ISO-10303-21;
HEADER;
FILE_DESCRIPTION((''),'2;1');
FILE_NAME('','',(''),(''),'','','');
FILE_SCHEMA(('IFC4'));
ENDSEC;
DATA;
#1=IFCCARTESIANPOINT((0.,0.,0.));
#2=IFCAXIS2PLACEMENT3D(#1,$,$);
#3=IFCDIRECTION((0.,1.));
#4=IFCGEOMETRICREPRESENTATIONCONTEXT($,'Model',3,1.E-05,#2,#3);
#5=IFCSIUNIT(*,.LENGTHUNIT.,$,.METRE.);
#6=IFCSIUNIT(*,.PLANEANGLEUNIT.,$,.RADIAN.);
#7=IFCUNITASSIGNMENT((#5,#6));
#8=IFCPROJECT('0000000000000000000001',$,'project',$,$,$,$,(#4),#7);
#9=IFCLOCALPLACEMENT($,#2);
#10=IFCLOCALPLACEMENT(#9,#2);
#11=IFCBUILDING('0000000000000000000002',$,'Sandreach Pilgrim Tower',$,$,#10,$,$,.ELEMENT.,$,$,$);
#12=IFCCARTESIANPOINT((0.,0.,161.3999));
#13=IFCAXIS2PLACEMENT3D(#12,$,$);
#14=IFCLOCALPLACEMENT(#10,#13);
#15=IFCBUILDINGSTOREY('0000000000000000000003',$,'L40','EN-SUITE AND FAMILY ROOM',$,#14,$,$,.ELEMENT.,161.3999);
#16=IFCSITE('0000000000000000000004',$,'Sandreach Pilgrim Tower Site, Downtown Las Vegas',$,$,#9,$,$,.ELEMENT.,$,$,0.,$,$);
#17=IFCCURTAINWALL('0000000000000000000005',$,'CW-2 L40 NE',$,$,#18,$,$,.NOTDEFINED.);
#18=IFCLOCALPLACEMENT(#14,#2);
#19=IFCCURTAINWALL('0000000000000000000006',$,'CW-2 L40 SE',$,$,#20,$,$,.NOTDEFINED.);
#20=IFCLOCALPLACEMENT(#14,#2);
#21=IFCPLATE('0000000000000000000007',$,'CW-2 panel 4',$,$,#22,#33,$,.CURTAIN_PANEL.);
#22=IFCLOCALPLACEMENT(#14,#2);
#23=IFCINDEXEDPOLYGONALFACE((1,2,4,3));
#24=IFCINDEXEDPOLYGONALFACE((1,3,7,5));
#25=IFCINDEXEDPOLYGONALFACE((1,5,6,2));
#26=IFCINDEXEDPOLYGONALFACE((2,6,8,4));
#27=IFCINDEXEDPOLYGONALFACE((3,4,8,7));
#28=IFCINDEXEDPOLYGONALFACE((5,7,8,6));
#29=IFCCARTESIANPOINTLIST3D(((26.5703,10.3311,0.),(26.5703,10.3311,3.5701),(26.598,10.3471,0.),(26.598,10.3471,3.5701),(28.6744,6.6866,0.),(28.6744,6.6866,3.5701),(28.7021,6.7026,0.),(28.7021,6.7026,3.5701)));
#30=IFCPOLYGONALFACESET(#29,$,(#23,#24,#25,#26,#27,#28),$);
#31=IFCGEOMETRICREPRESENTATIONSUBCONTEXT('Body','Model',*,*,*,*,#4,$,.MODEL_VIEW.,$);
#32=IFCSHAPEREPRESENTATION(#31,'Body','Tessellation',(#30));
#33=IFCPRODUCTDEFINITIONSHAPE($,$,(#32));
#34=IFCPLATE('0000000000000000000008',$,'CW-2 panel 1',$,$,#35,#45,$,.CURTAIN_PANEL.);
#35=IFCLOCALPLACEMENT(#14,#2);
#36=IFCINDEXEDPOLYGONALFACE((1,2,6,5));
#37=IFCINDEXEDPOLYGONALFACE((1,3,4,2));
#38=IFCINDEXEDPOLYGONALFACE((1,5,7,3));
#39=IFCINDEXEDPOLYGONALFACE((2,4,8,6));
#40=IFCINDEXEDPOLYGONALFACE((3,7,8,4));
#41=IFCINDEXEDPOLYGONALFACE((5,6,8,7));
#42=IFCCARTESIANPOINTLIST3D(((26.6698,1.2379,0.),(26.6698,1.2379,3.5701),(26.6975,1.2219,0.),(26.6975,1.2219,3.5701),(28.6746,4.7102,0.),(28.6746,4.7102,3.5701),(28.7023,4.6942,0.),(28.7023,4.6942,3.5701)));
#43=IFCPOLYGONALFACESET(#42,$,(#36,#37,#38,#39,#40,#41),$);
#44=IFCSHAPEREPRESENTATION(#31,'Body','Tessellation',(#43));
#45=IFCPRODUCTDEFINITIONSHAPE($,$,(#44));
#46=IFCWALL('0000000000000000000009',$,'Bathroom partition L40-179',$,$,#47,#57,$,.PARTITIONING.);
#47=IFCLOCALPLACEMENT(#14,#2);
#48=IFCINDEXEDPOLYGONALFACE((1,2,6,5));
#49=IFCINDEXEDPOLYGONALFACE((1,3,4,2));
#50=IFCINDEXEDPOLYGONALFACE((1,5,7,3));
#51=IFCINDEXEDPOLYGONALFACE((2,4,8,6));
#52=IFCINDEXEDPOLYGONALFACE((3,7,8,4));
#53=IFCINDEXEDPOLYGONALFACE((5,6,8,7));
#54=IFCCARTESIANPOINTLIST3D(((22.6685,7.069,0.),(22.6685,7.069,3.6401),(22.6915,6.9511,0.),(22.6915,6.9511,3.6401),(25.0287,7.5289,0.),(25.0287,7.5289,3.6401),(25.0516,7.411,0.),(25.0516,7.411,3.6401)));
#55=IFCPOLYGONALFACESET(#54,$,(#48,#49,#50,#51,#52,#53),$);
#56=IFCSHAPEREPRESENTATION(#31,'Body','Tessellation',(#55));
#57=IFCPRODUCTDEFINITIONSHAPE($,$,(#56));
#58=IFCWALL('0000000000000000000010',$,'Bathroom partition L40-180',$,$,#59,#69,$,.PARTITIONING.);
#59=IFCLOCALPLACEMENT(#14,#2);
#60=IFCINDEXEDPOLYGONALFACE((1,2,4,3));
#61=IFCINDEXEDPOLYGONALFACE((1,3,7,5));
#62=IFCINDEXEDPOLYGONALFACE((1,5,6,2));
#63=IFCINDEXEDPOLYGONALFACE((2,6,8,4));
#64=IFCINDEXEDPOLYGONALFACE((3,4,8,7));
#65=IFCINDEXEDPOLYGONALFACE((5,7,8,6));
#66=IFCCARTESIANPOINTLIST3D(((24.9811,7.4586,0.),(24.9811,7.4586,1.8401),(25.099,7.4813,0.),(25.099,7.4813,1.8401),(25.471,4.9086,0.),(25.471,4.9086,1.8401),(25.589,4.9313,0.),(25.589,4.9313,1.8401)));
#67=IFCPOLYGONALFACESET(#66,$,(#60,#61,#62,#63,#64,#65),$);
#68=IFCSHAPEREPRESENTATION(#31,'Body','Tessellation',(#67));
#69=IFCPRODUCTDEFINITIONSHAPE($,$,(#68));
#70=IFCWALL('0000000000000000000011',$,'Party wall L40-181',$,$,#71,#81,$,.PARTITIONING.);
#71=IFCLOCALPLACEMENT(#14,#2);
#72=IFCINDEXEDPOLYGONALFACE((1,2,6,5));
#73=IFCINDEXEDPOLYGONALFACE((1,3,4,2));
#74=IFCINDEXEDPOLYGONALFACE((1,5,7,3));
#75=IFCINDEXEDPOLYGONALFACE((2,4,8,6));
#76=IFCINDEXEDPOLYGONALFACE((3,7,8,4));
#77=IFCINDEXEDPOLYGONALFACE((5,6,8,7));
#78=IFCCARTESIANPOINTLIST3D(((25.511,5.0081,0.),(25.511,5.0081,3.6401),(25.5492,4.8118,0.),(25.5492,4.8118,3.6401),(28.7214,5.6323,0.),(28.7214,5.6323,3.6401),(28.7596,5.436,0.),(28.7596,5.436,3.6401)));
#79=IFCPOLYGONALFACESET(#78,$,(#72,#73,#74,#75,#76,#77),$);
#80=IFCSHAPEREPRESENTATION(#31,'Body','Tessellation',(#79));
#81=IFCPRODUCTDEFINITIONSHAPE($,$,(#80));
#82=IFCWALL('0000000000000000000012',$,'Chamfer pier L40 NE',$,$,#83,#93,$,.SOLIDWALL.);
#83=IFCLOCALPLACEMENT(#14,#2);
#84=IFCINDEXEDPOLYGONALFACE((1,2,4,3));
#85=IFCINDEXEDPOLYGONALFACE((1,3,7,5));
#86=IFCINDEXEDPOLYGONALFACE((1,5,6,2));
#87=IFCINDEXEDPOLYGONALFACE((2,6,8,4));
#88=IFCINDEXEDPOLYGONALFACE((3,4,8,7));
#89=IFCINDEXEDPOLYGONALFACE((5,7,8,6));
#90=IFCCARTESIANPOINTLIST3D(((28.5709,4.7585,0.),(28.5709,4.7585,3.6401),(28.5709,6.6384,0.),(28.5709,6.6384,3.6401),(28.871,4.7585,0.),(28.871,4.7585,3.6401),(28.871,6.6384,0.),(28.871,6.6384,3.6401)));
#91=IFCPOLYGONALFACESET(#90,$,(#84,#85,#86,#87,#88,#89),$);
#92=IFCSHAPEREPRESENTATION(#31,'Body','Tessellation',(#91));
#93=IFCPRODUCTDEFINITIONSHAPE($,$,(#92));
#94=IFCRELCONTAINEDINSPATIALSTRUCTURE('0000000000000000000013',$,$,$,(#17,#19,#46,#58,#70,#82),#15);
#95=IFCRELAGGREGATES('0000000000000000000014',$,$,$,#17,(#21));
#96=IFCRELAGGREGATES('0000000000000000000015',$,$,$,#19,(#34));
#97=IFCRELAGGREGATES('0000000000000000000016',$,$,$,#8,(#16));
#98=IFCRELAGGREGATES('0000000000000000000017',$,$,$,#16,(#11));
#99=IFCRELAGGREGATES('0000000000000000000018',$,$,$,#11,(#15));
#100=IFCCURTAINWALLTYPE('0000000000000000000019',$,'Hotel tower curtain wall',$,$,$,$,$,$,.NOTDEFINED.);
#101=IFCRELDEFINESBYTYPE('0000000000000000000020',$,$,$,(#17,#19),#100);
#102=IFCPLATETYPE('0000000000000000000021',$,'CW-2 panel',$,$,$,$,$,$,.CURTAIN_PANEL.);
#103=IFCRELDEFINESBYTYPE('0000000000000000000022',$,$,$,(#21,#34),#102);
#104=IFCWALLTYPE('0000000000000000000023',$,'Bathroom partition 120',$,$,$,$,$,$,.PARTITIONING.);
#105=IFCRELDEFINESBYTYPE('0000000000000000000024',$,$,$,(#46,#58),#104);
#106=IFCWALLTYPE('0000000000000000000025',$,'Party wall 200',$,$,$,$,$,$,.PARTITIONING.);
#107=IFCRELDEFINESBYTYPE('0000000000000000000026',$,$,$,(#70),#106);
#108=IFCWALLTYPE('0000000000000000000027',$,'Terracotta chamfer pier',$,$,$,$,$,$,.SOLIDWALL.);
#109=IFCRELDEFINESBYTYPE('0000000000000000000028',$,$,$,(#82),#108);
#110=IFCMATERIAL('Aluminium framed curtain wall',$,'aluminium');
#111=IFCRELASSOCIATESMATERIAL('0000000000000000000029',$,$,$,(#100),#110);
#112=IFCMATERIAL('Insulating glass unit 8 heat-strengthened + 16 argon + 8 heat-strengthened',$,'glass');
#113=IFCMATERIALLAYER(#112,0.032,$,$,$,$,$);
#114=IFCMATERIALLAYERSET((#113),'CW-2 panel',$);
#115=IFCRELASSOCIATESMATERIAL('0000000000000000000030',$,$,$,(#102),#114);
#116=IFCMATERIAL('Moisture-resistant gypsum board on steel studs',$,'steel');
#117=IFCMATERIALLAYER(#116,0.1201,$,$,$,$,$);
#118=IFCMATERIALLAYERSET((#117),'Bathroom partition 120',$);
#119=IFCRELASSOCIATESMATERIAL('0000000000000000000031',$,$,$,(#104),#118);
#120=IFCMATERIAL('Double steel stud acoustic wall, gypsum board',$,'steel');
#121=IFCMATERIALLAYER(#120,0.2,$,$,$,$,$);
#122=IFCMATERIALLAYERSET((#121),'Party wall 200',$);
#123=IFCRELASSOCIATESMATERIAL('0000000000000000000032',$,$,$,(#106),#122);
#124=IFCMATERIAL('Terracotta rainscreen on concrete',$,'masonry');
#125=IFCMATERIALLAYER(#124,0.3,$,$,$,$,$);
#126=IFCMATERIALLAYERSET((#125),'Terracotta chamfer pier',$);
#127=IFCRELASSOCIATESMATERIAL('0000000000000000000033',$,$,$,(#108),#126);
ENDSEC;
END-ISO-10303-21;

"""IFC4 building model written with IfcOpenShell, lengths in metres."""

from ifc_helpers import new_model, si_unit, direction, frame, frame_2d, origin, origin_2d, place, context, subcontext, project, spatial, rectangle, extrude, material, layer, layer_set, type_object, element, aggregate, save


model = new_model("IFC4")

# Units and contexts
model_context = context("Model", 3, precision=1e-05, world=origin(), true_north=direction((0.0, 1.0)))
body_context = subcontext(model_context, "Body", "Model", "MODEL_VIEW")
ifc_project = project(units=[si_unit("LENGTHUNIT", "METRE"), si_unit("PLANEANGLEUNIT", "RADIAN")], contexts=[model_context])

# Site, building, storey
site_placement = place(None, origin())
site = spatial("IfcSite", under=ifc_project, at=site_placement, Name="Sandreach Pilgrim Tower Site, Downtown Las Vegas", CompositionType="ELEMENT", RefElevation=0.0)
building_placement = place(site_placement, origin())
building = spatial("IfcBuilding", under=site, at=building_placement, Name="Sandreach Pilgrim Tower", CompositionType="ELEMENT")
storey_placement = place(building_placement, frame((0.0, 0.0, 161.3999)))
storey = spatial("IfcBuildingStorey", under=building, at=storey_placement, Name="L40", Description="EN-SUITE AND FAMILY ROOM", CompositionType="ELEMENT", Elevation=161.3999)

# Curtain wall
ifc_material_1 = material(Name="Aluminium framed curtain wall", Category="aluminium")
curtain_wall_type = type_object("IfcCurtainWallType", Name="Hotel tower curtain wall", PredefinedType="NOTDEFINED", material=ifc_material_1)
curtain_wall_1_placement = place(storey_placement, origin())
curtain_wall_1 = element("IfcCurtainWall", 1, at=curtain_wall_1_placement, inside=storey, type_object=curtain_wall_type, Name="CW-2 L40 NE", PredefinedType="NOTDEFINED")

# Curtain wall
curtain_wall_2_placement = place(storey_placement, origin())
curtain_wall_2 = element("IfcCurtainWall", 2, at=curtain_wall_2_placement, inside=storey, type_object=curtain_wall_type, Name="CW-2 L40 SE", PredefinedType="NOTDEFINED")

# Plates
ifc_material_2 = material(Name="Insulating glass unit 8 heat-strengthened + 16 argon + 8 heat-strengthened", Category="glass")
ifc_layer_1 = layer(ifc_material_2, 0.032)
ifc_layer_set_1 = layer_set([ifc_layer_1], Name="CW-2 panel")
plate_type = type_object("IfcPlateType", Name="CW-2 panel", PredefinedType="CURTAIN_PANEL", material=ifc_layer_set_1)
plate_1_placement = place(storey_placement, frame((27.6362, 8.5168, 0.0), z_axis=(0.0, 0.0, 1.0), x_axis=(0.5, -0.866025, 0.0)))
plate_1 = element("IfcPlate", 3, at=plate_1_placement, type_object=plate_type, Name="CW-2 panel 4", PredefinedType="CURTAIN_PANEL", context=body_context, shape_type="SweptSolid", body=[
    extrude(rectangle(XDim=4.2083, YDim=0.032, at=origin_2d()), origin(), (0.0, 0.0, 1.0), 3.5701),
])
aggregate(curtain_wall_1, [plate_1])
plate_2_placement = place(storey_placement, frame((27.686, 2.9661, 0.0), z_axis=(0.0, 0.0, 1.0), x_axis=(-0.5, -0.866025, 0.0)))
plate_2 = element("IfcPlate", 4, at=plate_2_placement, type_object=plate_type, Name="CW-2 panel 1", PredefinedType="CURTAIN_PANEL", context=body_context, shape_type="SweptSolid", body=[
    extrude(rectangle(XDim=4.0095, YDim=0.032, at=origin_2d()), origin(), (0.0, 0.0, 1.0), 3.5701),
])
aggregate(curtain_wall_2, [plate_2])

# Walls
ifc_material_3 = material(Name="Moisture-resistant gypsum board on steel studs", Category="steel")
ifc_layer_2 = layer(ifc_material_3, 0.1201)
ifc_layer_set_2 = layer_set([ifc_layer_2], Name="Bathroom partition 120")
wall_type_1 = type_object("IfcWallType", Name="Bathroom partition 120", PredefinedType="PARTITIONING", material=ifc_layer_set_2)
wall_1_placement = place(storey_placement, frame((25.04, 7.47, 0.0), z_axis=(0.0, 0.0, 1.0), x_axis=(-0.981533, -0.191291, 0.0)))
element("IfcWall", 5, at=wall_1_placement, inside=storey, type_object=wall_type_1, Name="Bathroom partition L40-179", PredefinedType="PARTITIONING", context=body_context, shape_type="SweptSolid", body=[
    extrude(rectangle(XDim=2.4045, YDim=0.1201, at=frame_2d((1.2021, 0.0))), origin(), (0.0, 0.0, 1.0), 3.6401),
])
wall_2_placement = place(storey_placement, frame((25.53, 4.9199, 0.0), z_axis=(0.0, 0.0, 1.0), x_axis=(-0.188697, 0.982035, 0.0)))
element("IfcWall", 6, at=wall_2_placement, inside=storey, type_object=wall_type_1, Name="Bathroom partition L40-180", PredefinedType="PARTITIONING", context=body_context, shape_type="SweptSolid", body=[
    extrude(rectangle(XDim=2.5967, YDim=0.1201, at=frame_2d((1.2983, 0.0))), origin(), (0.0, 0.0, 1.0), 1.8401),
])
ifc_material_4 = material(Name="Double steel stud acoustic wall, gypsum board", Category="steel")
ifc_layer_3 = layer(ifc_material_4, 0.2)
ifc_layer_set_3 = layer_set([ifc_layer_3], Name="Party wall 200")
wall_type_2 = type_object("IfcWallType", Name="Party wall 200", PredefinedType="PARTITIONING", material=ifc_layer_set_3)
wall_3_placement = place(storey_placement, frame((28.7405, 5.5342, 0.0), z_axis=(0.0, 0.0, 1.0), x_axis=(-0.981615, -0.190874, 0.0)))
element("IfcWall", 7, at=wall_3_placement, inside=storey, type_object=wall_type_2, Name="Party wall L40-181", PredefinedType="PARTITIONING", context=body_context, shape_type="SweptSolid", body=[
    extrude(rectangle(XDim=3.2705, YDim=0.2, at=frame_2d((1.6353, 0.0))), origin(), (0.0, 0.0, 1.0), 3.6401),
])
ifc_material_5 = material(Name="Terracotta rainscreen on concrete", Category="masonry")
ifc_layer_4 = layer(ifc_material_5, 0.3)
ifc_layer_set_4 = layer_set([ifc_layer_4], Name="Terracotta chamfer pier")
wall_type_3 = type_object("IfcWallType", Name="Terracotta chamfer pier", PredefinedType="SOLIDWALL", material=ifc_layer_set_4)
wall_4_placement = place(storey_placement, frame((28.7209, 6.6384, 0.0), z_axis=(0.0, 0.0, 1.0), x_axis=(0.0, -1.0, 0.0)))
element("IfcWall", 8, at=wall_4_placement, inside=storey, type_object=wall_type_3, Name="Chamfer pier L40 NE", PredefinedType="SOLIDWALL", context=body_context, shape_type="SweptSolid", body=[
    extrude(rectangle(XDim=1.8799, YDim=0.3, at=frame_2d((0.9399, 0.0))), origin(), (0.0, 0.0, 1.0), 3.6401),
])

save(model, "model.ifc")
